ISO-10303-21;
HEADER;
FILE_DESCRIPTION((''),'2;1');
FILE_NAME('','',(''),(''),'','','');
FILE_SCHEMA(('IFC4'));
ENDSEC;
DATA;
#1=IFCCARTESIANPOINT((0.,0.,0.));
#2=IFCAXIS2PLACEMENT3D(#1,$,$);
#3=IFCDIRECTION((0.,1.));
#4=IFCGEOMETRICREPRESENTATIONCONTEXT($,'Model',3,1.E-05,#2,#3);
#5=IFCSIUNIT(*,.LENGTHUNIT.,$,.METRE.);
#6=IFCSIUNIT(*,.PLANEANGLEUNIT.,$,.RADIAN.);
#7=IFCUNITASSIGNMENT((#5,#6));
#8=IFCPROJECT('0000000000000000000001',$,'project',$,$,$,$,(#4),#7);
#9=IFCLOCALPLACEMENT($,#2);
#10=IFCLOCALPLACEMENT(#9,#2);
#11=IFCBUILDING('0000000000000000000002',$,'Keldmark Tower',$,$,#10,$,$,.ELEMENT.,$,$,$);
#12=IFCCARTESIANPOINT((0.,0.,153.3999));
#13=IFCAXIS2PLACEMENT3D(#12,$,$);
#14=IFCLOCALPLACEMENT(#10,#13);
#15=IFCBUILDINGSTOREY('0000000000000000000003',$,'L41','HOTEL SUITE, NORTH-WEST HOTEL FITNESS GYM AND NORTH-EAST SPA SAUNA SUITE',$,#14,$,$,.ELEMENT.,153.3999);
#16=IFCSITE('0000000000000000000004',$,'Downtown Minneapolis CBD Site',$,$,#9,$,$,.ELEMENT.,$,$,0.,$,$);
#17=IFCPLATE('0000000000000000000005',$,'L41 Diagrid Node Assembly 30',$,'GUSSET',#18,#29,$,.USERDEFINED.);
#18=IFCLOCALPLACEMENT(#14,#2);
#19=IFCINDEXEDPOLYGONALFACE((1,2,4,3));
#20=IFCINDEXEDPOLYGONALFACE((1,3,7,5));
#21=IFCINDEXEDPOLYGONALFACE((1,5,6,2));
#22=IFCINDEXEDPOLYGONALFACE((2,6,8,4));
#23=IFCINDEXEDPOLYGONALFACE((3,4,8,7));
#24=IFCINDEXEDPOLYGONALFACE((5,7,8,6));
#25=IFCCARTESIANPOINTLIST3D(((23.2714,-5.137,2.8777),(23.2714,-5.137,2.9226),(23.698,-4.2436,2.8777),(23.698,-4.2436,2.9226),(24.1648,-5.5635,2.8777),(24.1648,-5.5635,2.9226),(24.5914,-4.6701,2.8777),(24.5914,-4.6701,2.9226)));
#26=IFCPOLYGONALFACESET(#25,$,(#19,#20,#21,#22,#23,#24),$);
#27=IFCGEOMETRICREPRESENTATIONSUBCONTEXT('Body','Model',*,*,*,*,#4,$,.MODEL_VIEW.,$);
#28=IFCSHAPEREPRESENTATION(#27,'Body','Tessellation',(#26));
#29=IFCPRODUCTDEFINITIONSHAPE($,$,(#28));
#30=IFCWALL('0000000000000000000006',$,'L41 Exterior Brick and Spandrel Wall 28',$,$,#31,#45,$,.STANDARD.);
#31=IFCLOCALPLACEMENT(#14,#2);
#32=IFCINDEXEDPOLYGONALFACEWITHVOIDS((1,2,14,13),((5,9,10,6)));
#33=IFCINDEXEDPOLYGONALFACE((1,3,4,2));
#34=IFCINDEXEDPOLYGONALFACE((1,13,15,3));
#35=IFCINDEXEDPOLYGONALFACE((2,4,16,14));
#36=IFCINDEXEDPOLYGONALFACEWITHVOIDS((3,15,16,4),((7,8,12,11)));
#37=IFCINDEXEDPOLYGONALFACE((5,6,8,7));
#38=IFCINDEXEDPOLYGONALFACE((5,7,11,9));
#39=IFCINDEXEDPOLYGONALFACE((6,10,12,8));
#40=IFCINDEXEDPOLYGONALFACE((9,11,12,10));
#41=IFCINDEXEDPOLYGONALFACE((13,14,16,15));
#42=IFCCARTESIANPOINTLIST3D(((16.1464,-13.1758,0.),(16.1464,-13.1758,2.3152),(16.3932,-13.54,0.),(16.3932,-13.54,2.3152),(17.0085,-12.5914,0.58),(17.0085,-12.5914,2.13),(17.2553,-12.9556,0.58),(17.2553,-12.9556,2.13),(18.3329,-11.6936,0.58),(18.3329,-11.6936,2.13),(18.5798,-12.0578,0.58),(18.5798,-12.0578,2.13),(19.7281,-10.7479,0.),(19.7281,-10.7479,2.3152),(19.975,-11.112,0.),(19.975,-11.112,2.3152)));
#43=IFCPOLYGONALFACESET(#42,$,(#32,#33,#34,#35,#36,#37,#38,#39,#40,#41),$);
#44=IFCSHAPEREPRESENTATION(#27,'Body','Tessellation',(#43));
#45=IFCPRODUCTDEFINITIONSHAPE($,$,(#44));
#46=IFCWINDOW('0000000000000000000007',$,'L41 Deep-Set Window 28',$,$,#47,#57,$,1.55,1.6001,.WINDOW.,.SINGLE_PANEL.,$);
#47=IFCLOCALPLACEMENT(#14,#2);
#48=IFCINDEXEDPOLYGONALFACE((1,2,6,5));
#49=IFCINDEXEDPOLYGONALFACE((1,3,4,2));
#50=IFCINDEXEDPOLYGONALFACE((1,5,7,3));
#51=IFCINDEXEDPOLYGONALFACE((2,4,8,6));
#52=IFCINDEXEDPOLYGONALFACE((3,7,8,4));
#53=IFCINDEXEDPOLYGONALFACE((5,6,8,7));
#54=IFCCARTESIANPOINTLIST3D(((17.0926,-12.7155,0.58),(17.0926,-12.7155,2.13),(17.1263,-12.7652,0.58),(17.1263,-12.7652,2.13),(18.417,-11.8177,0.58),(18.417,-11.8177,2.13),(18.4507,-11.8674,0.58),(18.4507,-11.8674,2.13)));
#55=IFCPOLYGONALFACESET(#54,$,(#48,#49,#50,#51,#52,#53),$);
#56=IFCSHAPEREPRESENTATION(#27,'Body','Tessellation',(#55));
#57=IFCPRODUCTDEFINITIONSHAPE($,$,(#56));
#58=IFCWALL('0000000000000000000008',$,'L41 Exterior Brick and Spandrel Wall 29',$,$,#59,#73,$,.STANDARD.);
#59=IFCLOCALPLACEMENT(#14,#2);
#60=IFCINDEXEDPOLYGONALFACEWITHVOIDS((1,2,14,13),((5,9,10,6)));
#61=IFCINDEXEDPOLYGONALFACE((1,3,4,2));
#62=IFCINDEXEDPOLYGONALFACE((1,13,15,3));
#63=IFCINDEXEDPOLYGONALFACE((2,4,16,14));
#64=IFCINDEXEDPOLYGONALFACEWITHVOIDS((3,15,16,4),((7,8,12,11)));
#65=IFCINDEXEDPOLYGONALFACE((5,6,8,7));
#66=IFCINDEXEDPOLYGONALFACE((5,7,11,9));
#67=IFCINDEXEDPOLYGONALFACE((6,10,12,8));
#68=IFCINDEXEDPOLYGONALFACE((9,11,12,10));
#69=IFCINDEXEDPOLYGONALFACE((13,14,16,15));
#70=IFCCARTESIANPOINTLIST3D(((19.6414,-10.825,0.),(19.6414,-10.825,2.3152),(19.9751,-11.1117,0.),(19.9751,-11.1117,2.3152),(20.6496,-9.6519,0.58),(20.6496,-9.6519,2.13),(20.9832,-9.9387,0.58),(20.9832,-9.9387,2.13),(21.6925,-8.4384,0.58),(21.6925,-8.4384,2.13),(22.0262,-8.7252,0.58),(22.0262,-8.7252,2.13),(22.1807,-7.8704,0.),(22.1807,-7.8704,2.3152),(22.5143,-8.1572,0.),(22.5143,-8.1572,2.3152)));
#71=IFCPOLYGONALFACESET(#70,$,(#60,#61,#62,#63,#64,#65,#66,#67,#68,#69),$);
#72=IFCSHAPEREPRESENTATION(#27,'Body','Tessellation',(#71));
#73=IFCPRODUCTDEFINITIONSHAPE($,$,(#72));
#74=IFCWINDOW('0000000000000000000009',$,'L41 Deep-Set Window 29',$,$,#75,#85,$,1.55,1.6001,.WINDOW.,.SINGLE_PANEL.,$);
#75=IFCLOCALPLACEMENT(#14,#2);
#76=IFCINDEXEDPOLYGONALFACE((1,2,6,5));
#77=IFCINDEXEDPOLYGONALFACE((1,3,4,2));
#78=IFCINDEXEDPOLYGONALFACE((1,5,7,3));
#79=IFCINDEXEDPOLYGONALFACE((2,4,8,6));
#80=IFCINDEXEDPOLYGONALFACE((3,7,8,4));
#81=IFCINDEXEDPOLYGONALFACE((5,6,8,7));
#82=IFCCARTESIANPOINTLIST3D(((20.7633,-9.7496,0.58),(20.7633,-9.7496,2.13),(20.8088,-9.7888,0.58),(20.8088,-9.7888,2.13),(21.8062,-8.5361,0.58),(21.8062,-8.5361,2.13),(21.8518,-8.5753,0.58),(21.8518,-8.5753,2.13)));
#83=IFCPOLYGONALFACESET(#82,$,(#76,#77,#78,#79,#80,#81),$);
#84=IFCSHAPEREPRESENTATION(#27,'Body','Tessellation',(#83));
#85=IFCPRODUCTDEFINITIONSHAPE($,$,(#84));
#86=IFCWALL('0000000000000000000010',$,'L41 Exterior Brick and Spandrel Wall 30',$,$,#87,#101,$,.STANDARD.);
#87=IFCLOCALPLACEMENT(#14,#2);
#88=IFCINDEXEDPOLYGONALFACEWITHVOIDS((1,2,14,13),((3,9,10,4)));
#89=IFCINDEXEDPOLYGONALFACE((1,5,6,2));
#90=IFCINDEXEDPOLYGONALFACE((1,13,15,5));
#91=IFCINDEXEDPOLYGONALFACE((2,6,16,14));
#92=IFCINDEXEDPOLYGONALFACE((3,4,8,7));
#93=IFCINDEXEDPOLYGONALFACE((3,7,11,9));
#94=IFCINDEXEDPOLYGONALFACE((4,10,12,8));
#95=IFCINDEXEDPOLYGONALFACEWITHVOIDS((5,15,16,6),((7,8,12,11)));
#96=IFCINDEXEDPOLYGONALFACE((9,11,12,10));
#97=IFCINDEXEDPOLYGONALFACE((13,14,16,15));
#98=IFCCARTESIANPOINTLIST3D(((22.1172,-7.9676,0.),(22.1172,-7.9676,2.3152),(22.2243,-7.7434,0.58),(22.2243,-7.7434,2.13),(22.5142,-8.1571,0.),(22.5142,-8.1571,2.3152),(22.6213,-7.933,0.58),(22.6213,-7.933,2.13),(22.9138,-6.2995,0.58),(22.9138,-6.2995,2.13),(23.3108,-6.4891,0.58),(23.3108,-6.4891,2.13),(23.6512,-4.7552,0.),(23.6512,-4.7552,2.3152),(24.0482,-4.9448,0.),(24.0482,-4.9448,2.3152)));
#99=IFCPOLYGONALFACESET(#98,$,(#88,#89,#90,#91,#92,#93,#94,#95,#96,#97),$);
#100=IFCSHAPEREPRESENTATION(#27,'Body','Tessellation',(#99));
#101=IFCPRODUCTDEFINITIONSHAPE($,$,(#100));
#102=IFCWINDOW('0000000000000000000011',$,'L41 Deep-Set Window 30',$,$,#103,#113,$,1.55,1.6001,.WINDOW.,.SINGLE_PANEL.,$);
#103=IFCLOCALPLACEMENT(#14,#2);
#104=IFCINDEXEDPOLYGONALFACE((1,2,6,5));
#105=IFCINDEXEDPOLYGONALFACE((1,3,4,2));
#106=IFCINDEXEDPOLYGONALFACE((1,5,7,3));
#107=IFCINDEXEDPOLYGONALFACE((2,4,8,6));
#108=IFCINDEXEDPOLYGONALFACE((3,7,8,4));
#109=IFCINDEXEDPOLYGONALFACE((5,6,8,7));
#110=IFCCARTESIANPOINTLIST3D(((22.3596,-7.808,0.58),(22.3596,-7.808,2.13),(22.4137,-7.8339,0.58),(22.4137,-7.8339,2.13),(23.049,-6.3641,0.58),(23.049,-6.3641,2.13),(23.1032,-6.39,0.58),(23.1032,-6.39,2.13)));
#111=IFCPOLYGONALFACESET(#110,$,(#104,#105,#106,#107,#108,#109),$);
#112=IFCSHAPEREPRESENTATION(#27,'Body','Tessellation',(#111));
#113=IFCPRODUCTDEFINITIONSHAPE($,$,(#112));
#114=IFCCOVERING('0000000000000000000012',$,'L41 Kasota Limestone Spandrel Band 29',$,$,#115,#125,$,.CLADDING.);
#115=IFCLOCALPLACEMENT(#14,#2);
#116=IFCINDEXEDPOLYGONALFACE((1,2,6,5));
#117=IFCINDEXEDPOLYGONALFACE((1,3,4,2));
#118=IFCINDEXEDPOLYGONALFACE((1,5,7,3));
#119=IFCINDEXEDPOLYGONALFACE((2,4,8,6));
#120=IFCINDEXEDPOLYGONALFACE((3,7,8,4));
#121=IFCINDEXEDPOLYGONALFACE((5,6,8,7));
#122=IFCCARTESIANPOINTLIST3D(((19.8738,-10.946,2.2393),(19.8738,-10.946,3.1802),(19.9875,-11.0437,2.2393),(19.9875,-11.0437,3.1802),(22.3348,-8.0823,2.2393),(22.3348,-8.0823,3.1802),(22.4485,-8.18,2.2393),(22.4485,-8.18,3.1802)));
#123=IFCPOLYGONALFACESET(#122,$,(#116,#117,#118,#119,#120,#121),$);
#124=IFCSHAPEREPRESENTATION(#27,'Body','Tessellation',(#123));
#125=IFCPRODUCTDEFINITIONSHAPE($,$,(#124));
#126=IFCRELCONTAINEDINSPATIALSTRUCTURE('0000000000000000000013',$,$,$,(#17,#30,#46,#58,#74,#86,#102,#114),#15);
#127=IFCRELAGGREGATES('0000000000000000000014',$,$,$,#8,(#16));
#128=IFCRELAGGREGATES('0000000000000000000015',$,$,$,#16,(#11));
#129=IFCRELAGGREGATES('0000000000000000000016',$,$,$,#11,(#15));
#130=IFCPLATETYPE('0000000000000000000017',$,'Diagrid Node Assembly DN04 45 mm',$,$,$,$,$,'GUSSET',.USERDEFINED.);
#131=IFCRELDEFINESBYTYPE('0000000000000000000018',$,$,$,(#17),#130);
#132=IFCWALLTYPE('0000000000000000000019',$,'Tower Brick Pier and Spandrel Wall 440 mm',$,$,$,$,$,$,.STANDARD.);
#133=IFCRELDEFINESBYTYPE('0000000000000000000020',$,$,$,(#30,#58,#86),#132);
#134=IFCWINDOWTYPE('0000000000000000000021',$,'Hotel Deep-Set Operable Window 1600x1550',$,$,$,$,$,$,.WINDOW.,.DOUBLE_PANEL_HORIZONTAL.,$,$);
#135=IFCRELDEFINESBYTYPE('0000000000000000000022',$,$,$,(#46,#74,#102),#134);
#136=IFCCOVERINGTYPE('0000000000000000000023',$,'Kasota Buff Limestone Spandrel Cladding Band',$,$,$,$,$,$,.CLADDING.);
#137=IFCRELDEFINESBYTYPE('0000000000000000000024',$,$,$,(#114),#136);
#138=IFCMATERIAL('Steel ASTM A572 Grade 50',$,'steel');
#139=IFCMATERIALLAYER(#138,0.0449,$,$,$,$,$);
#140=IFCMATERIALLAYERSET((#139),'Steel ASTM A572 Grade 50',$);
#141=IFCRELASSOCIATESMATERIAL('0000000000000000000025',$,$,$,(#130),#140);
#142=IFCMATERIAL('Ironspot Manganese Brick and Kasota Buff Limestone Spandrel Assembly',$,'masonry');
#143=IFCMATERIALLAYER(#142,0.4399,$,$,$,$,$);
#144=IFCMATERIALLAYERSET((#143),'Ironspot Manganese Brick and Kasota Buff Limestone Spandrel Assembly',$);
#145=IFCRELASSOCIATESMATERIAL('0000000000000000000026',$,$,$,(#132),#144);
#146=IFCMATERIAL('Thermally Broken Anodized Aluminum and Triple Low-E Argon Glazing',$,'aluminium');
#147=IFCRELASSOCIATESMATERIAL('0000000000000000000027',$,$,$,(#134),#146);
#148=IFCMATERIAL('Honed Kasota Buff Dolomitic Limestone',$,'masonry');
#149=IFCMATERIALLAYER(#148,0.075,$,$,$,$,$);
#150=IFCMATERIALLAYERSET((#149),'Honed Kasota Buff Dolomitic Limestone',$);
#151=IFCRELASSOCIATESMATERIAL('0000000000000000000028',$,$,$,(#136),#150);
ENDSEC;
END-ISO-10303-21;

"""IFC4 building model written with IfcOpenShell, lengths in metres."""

from ifc_helpers import new_model, si_unit, direction, frame, frame_2d, origin, origin_2d, place, context, subcontext, project, spatial, rectangle, extrude, material, layer, layer_set, type_object, element, fill, save


model = new_model("IFC4")

# Units and contexts
model_context = context("Model", 3, precision=1e-05, world=origin(), true_north=direction((0.0, 1.0)))
body_context = subcontext(model_context, "Body", "Model", "MODEL_VIEW")
ifc_project = project(units=[si_unit("LENGTHUNIT", "METRE"), si_unit("PLANEANGLEUNIT", "RADIAN")], contexts=[model_context])

# Site, building, storey
site_placement = place(None, origin())
site = spatial("IfcSite", under=ifc_project, at=site_placement, Name="Downtown Minneapolis CBD Site", CompositionType="ELEMENT", RefElevation=0.0)
building_placement = place(site_placement, origin())
building = spatial("IfcBuilding", under=site, at=building_placement, Name="Keldmark Tower", CompositionType="ELEMENT")
storey_placement = place(building_placement, frame((0.0, 0.0, 153.3999)))
storey = spatial("IfcBuildingStorey", under=building, at=storey_placement, Name="L41", Description="HOTEL SUITE, NORTH-WEST HOTEL FITNESS GYM AND NORTH-EAST SPA SAUNA SUITE", CompositionType="ELEMENT", Elevation=153.3999)

# Plate
ifc_material_1 = material(Name="Steel ASTM A572 Grade 50", Category="steel")
ifc_layer_1 = layer(ifc_material_1, 0.0449)
ifc_layer_set_1 = layer_set([ifc_layer_1], Name="Steel ASTM A572 Grade 50")
plate_type = type_object("IfcPlateType", Name="Diagrid Node Assembly DN04 45 mm", ElementType="GUSSET", PredefinedType="USERDEFINED", material=ifc_layer_set_1)
for number, where, z_axis, x_axis, name in (
    (1, (23.9314, -4.9036, 2.8777), (0.0, 0.0, 1.0), (0.430826, 0.902435, 0.0), "L41 Diagrid Node Assembly 30"),
):
    element("IfcPlate", number, at=place(storey_placement, frame(where, z_axis=z_axis, x_axis=x_axis)), inside=storey, type_object=plate_type, Name=name, ObjectType="GUSSET", PredefinedType="USERDEFINED", context=body_context, shape_type="SweptSolid", body=[
        extrude(rectangle(XDim=0.99, YDim=0.99, at=origin_2d()), origin(), (0.0, 0.0, 1.0), 0.0449),
    ])

# Walls, openings, windows
ifc_material_2 = material(Name="Ironspot Manganese Brick and Kasota Buff Limestone Spandrel Assembly", Category="masonry")
ifc_layer_2 = layer(ifc_material_2, 0.4399)
ifc_layer_set_2 = layer_set([ifc_layer_2], Name="Ironspot Manganese Brick and Kasota Buff Limestone Spandrel Assembly")
wall_type = type_object("IfcWallType", Name="Tower Brick Pier and Spandrel Wall 440 mm", PredefinedType="STANDARD", material=ifc_layer_set_2)
wall_1_placement = place(storey_placement, frame((19.8516, -10.9299, 0.0), z_axis=(0.0, 0.0, 1.0), x_axis=(-0.827746, -0.561103, 0.0)))
wall_1 = element("IfcWall", 2, at=wall_1_placement, inside=storey, type_object=wall_type, Name="L41 Exterior Brick and Spandrel Wall 28", PredefinedType="STANDARD", context=body_context, shape_type="SweptSolid", body=[
    extrude(rectangle(XDim=4.3271, YDim=0.4399, at=frame_2d((2.1636, 0.0))), origin(), (0.0, 0.0, 1.0), 2.3152),
])
opening_1_placement = place(wall_1_placement, frame((1.6855, 0.0, 0.5801)))
opening_1 = element("IfcOpeningElement", 3, at=opening_1_placement, cuts=wall_1, PredefinedType="OPENING", context=body_context, shape_type="SweptSolid", body=[
    extrude(rectangle(XDim=1.6001, YDim=1.55, at=frame_2d((0.8, 0.7749))), frame((0.0, 0.23, 0.0), z_axis=(0.0, -1.0, 0.0), x_axis=(1.0, 0.0, 0.0)), (0.0, 0.0, 1.0), 0.46),
])
ifc_material_3 = material(Name="Thermally Broken Anodized Aluminum and Triple Low-E Argon Glazing", Category="aluminium")
window_type = type_object("IfcWindowType", Name="Hotel Deep-Set Operable Window 1600x1550", PartitioningType="DOUBLE_PANEL_HORIZONTAL", PredefinedType="WINDOW", material=ifc_material_3)
window_1_placement = place(opening_1_placement, origin())
window_1 = element("IfcWindow", 4, at=window_1_placement, inside=storey, type_object=window_type, Name="L41 Deep-Set Window 28", OverallHeight=1.55, OverallWidth=1.6001, PartitioningType="SINGLE_PANEL", PredefinedType="WINDOW", context=body_context, shape_type="SweptSolid", body=[
    extrude(rectangle(XDim=1.6001, YDim=1.55, at=frame_2d((0.8, 0.7749))), frame((0.0, -0.01, 0.0), z_axis=(0.0, -1.0, 0.0), x_axis=(1.0, 0.0, 0.0)), (0.0, 0.0, 1.0), 0.0601),
])
fill(opening_1, window_1)
wall_2_placement = place(storey_placement, frame((22.3474, -8.0139, 0.0), z_axis=(0.0, 0.0, 1.0), x_axis=(-0.651797, -0.758393, 0.0)))
wall_2 = element("IfcWall", 5, at=wall_2_placement, inside=storey, type_object=wall_type, Name="L41 Exterior Brick and Spandrel Wall 29", PredefinedType="STANDARD", context=body_context, shape_type="SweptSolid", body=[
    extrude(rectangle(XDim=3.8958, YDim=0.4399, at=frame_2d((1.9478, 0.0))), origin(), (0.0, 0.0, 1.0), 2.3152),
])
opening_2_placement = place(wall_2_placement, frame((0.7488, 0.0, 0.5801)))
opening_2 = element("IfcOpeningElement", 6, at=opening_2_placement, cuts=wall_2, PredefinedType="OPENING", context=body_context, shape_type="SweptSolid", body=[
    extrude(rectangle(XDim=1.6001, YDim=1.55, at=frame_2d((0.8, 0.7749))), frame((0.0, 0.23, 0.0), z_axis=(0.0, -1.0, 0.0), x_axis=(1.0, 0.0, 0.0)), (0.0, 0.0, 1.0), 0.46),
])
window_2_placement = place(opening_2_placement, origin())
window_2 = element("IfcWindow", 7, at=window_2_placement, inside=storey, type_object=window_type, Name="L41 Deep-Set Window 29", OverallHeight=1.55, OverallWidth=1.6001, PartitioningType="SINGLE_PANEL", PredefinedType="WINDOW", context=body_context, shape_type="SweptSolid", body=[
    extrude(rectangle(XDim=1.6001, YDim=1.55, at=frame_2d((0.8, 0.7749))), frame((0.0, -0.01, 0.0), z_axis=(0.0, -1.0, 0.0), x_axis=(1.0, 0.0, 0.0)), (0.0, 0.0, 1.0), 0.0601),
])
fill(opening_2, window_2)
wall_3_placement = place(storey_placement, frame((23.8496, -4.8501, 0.0), z_axis=(0.0, 0.0, 1.0), x_axis=(-0.4309, -0.9024, 0.0)))
wall_3 = element("IfcWall", 8, at=wall_3_placement, inside=storey, type_object=wall_type, Name="L41 Exterior Brick and Spandrel Wall 30", PredefinedType="STANDARD", context=body_context, shape_type="SweptSolid", body=[
    extrude(rectangle(XDim=3.5598, YDim=0.4399, at=frame_2d((1.7798, 0.0))), origin(), (0.0, 0.0, 1.0), 2.3152),
])
opening_3_placement = place(wall_3_placement, frame((1.7112, 0.0, 0.5801)))
opening_3 = element("IfcOpeningElement", 9, at=opening_3_placement, cuts=wall_3, PredefinedType="OPENING", context=body_context, shape_type="SweptSolid", body=[
    extrude(rectangle(XDim=1.6001, YDim=1.55, at=frame_2d((0.8, 0.7749))), frame((0.0, 0.23, 0.0), z_axis=(0.0, -1.0, 0.0), x_axis=(1.0, 0.0, 0.0)), (0.0, 0.0, 1.0), 0.46),
])
window_3_placement = place(opening_3_placement, origin())
window_3 = element("IfcWindow", 10, at=window_3_placement, inside=storey, type_object=window_type, Name="L41 Deep-Set Window 30", OverallHeight=1.55, OverallWidth=1.6001, PartitioningType="SINGLE_PANEL", PredefinedType="WINDOW", context=body_context, shape_type="SweptSolid", body=[
    extrude(rectangle(XDim=1.6001, YDim=1.55, at=frame_2d((0.8, 0.7749))), frame((0.0, -0.01, 0.0), z_axis=(0.0, -1.0, 0.0), x_axis=(1.0, 0.0, 0.0)), (0.0, 0.0, 1.0), 0.0601),
])
fill(opening_3, window_3)

# Covering
ifc_material_4 = material(Name="Honed Kasota Buff Dolomitic Limestone", Category="masonry")
ifc_layer_3 = layer(ifc_material_4, 0.075)
ifc_layer_set_3 = layer_set([ifc_layer_3], Name="Honed Kasota Buff Dolomitic Limestone")
covering_type = type_object("IfcCoveringType", Name="Kasota Buff Limestone Spandrel Cladding Band", PredefinedType="CLADDING", material=ifc_layer_set_3)
covering_placement = place(storey_placement, frame((21.1611, -9.563, 2.2393), z_axis=(0.0, 0.0, 1.0), x_axis=(0.651754, 0.75843, 0.0)))
element("IfcCovering", 11, at=covering_placement, inside=storey, type_object=covering_type, Name="L41 Kasota Limestone Spandrel Band 29", PredefinedType="CLADDING", context=body_context, shape_type="SweptSolid", body=[
    extrude(rectangle(XDim=3.7759, YDim=0.1499, at=origin_2d()), origin(), (0.0, 0.0, 1.0), 0.9409),
])

save(model, "model.ifc")
